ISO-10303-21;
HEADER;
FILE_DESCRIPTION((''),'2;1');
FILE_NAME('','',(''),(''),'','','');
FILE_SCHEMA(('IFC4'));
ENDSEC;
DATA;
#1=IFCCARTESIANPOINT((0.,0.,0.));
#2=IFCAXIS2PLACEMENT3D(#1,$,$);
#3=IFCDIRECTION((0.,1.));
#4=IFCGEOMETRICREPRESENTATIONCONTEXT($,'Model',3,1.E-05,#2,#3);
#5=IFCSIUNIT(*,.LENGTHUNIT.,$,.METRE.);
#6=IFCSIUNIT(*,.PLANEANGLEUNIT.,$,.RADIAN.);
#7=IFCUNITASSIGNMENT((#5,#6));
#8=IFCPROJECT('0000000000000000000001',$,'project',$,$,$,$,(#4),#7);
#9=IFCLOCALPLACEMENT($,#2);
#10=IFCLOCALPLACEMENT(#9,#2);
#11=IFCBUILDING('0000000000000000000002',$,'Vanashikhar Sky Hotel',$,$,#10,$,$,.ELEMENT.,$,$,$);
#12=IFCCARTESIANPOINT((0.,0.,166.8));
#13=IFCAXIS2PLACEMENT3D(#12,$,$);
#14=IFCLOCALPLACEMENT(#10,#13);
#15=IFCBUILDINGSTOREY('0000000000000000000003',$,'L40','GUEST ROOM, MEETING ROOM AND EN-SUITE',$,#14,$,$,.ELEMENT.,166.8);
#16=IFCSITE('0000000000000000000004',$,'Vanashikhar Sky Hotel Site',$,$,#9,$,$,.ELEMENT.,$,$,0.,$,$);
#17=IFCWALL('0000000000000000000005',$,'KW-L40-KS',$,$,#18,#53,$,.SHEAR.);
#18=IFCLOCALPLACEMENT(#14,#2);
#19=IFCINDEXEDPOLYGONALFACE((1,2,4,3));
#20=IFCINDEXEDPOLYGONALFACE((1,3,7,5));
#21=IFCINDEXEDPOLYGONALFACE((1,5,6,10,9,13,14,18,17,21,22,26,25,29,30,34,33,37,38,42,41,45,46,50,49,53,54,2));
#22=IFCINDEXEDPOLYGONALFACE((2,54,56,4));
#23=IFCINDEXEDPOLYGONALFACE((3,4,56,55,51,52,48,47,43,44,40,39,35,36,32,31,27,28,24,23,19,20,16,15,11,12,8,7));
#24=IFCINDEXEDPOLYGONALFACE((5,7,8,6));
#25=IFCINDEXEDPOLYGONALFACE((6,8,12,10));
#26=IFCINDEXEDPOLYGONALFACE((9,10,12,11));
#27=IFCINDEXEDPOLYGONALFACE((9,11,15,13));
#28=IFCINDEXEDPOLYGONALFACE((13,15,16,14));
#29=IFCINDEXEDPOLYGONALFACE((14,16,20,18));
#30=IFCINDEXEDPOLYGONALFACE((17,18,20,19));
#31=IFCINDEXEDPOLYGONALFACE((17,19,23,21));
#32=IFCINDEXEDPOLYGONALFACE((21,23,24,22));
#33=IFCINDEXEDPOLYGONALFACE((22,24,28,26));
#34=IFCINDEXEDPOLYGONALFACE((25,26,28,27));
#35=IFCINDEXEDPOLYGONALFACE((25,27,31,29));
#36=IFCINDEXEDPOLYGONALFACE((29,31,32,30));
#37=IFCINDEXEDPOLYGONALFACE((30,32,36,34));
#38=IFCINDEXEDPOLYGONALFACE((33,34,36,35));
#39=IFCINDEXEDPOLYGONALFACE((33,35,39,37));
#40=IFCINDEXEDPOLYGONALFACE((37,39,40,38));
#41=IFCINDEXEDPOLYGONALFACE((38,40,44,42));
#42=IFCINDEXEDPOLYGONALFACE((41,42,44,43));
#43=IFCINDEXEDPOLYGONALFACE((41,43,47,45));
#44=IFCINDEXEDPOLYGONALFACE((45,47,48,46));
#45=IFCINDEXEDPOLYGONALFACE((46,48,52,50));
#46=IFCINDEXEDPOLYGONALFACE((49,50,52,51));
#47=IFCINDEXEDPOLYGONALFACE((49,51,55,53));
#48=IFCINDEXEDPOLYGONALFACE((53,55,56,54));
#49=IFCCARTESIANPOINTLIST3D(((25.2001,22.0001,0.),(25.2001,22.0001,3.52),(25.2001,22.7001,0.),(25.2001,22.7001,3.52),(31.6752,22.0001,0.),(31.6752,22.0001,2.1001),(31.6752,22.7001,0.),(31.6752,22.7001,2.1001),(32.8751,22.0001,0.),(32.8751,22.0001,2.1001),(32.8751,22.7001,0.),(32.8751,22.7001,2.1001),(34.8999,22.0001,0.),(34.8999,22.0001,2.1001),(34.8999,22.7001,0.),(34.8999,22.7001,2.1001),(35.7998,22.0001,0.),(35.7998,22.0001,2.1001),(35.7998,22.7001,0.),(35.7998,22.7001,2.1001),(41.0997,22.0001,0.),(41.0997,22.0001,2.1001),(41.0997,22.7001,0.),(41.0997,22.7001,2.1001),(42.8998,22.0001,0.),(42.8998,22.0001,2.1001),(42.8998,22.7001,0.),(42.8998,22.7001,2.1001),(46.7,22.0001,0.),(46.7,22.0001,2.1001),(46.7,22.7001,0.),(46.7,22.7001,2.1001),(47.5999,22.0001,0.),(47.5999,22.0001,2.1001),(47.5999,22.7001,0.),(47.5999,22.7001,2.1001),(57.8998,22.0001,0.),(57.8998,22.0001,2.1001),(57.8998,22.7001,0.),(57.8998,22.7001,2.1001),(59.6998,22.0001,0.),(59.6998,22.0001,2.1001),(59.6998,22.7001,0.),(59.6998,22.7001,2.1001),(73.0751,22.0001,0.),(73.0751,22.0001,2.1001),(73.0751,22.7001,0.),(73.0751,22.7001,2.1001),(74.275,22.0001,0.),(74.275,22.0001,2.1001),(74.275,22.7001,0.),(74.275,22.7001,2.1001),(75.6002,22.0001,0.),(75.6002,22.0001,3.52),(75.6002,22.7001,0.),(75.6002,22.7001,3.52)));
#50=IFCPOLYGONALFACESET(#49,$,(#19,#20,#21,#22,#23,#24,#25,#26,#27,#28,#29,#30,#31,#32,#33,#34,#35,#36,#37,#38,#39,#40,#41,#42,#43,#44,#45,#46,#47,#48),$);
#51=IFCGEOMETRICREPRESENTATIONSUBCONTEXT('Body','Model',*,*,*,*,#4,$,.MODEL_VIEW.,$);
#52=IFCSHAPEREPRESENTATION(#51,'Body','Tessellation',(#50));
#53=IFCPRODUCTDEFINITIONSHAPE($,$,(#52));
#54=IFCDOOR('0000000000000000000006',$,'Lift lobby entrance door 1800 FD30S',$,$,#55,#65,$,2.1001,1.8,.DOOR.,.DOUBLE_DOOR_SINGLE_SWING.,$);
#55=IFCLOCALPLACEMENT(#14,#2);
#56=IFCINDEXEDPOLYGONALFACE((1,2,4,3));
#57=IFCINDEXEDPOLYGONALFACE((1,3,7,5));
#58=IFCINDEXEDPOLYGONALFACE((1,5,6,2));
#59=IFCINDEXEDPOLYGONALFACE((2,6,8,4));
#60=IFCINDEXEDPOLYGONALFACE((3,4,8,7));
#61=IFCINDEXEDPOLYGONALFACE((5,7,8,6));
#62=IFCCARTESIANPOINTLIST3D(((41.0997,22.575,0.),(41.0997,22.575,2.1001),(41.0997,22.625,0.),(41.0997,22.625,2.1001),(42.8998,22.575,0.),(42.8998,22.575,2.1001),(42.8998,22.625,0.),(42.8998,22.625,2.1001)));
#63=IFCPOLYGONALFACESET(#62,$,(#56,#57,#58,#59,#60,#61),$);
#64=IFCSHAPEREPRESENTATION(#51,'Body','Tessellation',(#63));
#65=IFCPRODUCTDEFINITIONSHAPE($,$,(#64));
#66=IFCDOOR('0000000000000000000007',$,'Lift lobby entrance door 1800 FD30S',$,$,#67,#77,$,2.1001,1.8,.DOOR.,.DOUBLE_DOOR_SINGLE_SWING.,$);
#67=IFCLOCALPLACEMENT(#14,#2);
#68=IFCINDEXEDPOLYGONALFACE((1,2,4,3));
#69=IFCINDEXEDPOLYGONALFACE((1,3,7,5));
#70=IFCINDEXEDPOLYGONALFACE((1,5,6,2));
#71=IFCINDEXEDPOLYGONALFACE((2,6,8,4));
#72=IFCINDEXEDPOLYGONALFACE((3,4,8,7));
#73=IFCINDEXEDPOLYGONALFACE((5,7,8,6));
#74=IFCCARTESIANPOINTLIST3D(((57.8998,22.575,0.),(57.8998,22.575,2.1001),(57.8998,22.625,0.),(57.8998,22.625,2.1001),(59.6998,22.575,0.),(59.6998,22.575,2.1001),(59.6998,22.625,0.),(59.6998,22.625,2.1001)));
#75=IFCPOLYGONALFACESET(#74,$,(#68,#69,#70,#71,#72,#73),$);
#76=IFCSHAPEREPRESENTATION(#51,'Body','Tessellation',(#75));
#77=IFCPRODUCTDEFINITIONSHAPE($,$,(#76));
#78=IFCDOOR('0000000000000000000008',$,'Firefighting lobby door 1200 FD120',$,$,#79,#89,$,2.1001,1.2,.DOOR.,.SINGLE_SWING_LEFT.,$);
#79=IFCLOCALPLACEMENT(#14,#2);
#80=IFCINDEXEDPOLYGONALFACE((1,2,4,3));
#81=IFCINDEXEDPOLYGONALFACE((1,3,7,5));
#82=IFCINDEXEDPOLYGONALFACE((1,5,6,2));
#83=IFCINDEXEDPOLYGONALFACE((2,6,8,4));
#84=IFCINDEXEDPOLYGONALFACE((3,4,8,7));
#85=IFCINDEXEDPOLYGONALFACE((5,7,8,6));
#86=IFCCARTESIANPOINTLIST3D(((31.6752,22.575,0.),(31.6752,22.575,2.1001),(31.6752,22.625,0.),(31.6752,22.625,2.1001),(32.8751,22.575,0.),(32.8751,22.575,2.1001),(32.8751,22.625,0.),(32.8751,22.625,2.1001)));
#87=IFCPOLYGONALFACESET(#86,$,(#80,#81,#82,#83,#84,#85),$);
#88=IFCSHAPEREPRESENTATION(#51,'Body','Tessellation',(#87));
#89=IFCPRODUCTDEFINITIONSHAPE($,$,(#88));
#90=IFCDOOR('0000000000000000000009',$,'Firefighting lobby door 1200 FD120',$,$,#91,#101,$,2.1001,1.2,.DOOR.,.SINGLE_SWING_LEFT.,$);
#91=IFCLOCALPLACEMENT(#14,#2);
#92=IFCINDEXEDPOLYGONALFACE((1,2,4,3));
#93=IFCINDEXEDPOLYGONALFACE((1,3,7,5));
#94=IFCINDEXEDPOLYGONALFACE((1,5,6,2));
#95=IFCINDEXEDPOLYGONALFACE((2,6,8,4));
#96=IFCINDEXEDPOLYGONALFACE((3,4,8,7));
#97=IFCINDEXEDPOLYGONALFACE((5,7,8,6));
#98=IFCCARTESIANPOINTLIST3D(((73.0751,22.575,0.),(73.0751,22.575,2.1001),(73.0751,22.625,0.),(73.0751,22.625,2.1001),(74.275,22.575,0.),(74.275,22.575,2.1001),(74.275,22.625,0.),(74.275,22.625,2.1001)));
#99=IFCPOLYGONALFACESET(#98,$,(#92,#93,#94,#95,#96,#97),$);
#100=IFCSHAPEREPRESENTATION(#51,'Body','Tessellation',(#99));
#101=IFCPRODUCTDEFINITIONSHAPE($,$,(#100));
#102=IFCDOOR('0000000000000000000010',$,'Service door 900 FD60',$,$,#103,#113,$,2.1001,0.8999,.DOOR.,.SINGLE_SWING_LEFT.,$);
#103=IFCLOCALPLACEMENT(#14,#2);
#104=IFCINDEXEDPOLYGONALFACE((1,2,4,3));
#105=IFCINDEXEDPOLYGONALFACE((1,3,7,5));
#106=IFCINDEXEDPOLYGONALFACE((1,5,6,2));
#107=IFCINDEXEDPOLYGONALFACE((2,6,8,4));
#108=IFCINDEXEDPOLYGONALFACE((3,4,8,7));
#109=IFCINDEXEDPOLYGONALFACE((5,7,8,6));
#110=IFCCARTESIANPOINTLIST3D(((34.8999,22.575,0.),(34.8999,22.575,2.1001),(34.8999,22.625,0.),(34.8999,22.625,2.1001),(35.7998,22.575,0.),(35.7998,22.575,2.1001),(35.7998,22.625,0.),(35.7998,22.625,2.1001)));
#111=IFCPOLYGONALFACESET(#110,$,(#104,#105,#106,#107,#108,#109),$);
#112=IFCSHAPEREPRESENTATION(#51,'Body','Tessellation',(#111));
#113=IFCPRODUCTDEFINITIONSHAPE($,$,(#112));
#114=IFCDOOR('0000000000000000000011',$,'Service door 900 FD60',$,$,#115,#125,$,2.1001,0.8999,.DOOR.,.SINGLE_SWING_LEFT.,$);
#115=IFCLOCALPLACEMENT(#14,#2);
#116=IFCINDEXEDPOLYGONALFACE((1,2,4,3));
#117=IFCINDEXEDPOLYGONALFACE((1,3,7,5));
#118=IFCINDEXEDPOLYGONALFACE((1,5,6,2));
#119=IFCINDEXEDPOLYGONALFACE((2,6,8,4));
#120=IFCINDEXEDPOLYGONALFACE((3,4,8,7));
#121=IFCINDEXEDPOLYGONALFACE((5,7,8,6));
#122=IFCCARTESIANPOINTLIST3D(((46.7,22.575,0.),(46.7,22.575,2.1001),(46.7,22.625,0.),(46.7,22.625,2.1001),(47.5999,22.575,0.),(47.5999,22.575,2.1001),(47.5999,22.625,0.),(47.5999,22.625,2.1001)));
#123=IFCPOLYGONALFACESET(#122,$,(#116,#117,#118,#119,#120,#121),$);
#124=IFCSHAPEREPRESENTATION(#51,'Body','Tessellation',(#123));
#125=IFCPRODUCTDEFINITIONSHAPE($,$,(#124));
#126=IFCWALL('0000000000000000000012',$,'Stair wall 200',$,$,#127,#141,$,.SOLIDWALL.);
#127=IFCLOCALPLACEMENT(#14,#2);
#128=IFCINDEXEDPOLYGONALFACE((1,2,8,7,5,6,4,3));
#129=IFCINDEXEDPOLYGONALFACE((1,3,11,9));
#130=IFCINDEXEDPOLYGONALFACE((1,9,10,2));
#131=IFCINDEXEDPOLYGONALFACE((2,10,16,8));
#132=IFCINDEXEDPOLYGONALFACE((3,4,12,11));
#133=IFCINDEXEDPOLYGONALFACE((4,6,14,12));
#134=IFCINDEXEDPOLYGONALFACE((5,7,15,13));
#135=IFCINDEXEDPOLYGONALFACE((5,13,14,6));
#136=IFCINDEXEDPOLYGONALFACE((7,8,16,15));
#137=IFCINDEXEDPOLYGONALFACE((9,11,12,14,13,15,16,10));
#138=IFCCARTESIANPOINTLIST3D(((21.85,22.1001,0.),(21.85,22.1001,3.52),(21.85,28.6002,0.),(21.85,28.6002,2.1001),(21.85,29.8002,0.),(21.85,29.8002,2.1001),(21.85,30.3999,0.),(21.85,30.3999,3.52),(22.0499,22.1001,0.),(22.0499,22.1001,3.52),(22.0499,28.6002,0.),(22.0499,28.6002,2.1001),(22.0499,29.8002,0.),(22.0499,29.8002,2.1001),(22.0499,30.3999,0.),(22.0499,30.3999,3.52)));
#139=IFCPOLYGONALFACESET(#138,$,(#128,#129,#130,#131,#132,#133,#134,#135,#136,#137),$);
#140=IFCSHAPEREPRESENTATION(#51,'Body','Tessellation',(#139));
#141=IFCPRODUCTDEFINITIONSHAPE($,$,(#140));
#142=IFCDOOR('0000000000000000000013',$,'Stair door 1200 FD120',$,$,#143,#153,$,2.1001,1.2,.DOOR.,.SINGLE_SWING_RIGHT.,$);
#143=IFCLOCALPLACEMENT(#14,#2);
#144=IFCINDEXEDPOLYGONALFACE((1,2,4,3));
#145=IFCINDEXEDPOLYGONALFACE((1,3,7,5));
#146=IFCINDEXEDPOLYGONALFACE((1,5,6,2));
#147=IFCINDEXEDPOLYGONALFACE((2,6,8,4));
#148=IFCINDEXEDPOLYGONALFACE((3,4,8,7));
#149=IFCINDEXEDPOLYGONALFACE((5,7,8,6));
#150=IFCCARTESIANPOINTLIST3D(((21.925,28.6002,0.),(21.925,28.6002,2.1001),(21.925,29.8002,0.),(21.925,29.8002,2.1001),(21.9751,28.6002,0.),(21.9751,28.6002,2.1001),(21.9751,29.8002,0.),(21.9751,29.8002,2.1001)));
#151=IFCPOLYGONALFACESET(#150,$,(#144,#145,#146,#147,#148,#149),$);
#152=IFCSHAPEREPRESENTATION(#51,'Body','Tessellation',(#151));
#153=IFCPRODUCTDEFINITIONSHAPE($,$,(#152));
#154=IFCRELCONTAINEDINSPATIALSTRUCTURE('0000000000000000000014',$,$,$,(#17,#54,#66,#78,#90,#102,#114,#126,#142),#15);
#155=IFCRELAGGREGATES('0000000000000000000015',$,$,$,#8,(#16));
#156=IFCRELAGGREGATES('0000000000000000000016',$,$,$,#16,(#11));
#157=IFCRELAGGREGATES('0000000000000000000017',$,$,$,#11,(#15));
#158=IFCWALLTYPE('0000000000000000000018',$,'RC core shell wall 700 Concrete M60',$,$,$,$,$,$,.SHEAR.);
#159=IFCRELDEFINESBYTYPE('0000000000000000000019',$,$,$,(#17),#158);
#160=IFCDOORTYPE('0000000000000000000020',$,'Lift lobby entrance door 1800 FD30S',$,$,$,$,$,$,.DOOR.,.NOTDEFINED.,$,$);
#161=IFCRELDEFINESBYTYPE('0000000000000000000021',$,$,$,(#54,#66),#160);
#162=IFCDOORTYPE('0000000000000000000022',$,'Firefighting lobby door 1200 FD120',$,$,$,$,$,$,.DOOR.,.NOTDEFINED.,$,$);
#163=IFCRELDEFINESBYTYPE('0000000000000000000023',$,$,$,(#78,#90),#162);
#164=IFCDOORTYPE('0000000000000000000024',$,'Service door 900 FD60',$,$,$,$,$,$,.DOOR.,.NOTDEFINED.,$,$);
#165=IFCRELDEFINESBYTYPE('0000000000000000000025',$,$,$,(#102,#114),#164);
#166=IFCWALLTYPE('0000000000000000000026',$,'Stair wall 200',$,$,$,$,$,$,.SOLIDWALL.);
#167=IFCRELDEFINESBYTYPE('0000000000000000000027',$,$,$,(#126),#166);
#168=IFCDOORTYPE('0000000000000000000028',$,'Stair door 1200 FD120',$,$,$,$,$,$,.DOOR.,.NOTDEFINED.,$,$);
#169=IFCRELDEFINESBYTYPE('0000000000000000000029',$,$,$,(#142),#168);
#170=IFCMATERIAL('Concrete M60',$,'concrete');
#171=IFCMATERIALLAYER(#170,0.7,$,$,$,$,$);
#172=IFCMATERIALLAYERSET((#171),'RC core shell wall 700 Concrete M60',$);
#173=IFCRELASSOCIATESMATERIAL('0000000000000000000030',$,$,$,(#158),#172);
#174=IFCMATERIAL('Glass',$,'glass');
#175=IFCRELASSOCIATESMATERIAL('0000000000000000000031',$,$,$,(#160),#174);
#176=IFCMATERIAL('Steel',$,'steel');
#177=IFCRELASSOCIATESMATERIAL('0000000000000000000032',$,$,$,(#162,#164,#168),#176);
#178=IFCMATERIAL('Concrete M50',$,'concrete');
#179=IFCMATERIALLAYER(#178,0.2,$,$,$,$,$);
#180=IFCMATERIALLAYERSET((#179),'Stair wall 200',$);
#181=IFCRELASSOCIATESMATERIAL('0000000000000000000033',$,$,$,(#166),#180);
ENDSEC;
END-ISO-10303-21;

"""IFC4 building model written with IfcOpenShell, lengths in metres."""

from ifc_helpers import new_model, si_unit, direction, frame, frame_2d, origin, place, context, subcontext, project, spatial, rectangle, extrude, source, transform, mapped, material, layer, layer_set, type_object, element, fill, save


model = new_model("IFC4")

# Units and contexts
model_context = context("Model", 3, precision=1e-05, world=origin(), true_north=direction((0.0, 1.0)))
body_context = subcontext(model_context, "Body", "Model", "MODEL_VIEW")
ifc_project = project(units=[si_unit("LENGTHUNIT", "METRE"), si_unit("PLANEANGLEUNIT", "RADIAN")], contexts=[model_context])

# Site, building, storey
site_placement = place(None, origin())
site = spatial("IfcSite", under=ifc_project, at=site_placement, Name="Vanashikhar Sky Hotel Site", CompositionType="ELEMENT", RefElevation=0.0)
building_placement = place(site_placement, origin())
building = spatial("IfcBuilding", under=site, at=building_placement, Name="Vanashikhar Sky Hotel", CompositionType="ELEMENT")
storey_placement = place(building_placement, frame((0.0, 0.0, 166.8)))
storey = spatial("IfcBuildingStorey", under=building, at=storey_placement, Name="L40", Description="GUEST ROOM, MEETING ROOM AND EN-SUITE", CompositionType="ELEMENT", Elevation=166.8)

# Wall, openings, doors
ifc_material_1 = material(Name="Concrete M60", Category="concrete")
ifc_layer_1 = layer(ifc_material_1, 0.7)
ifc_layer_set_1 = layer_set([ifc_layer_1], Name="RC core shell wall 700 Concrete M60")
wall_type_1 = type_object("IfcWallType", Name="RC core shell wall 700 Concrete M60", PredefinedType="SHEAR", material=ifc_layer_set_1)
shared_shape_1 = source(origin(), body_context, "Body", "SweptSolid", [
    extrude(rectangle(XDim=50.4001, YDim=0.7, at=frame_2d((25.2002, 0.0))), origin(), (0.0, 0.0, 1.0), 3.52),
])
wall_1_placement = place(storey_placement, frame((25.2, 22.3501, 0.0), z_axis=(0.0, 0.0, 1.0), x_axis=(1.0, 0.0, 0.0)))
wall_1 = element("IfcWall", 1, at=wall_1_placement, inside=storey, type_object=wall_type_1, Name="KW-L40-KS", PredefinedType="SHEAR", context=body_context, shape_type="MappedRepresentation", body=[
    mapped(shared_shape_1, transform((0.0, 0.0, 0.0), scale=1.0)),
])
shared_shape_2 = source(origin(), body_context, "Body", "SweptSolid", [
    extrude(rectangle(XDim=1.8, YDim=2.1001, at=frame_2d((0.8999, 1.05))), frame((0.0, 0.3599, 0.0), z_axis=(0.0, -1.0, 0.0), x_axis=(1.0, 0.0, 0.0)), (0.0, 0.0, 1.0), 0.72),
])
opening_1_placement = place(wall_1_placement, frame((15.8999, 0.0, 0.0)))
opening_1 = element("IfcOpeningElement", 2, at=opening_1_placement, cuts=wall_1, PredefinedType="OPENING", context=body_context, shape_type="MappedRepresentation", body=[
    mapped(shared_shape_2, transform((0.0, 0.0, 0.0), scale=1.0)),
])
shared_shape_3 = source(origin(), body_context, "Body", "SweptSolid", [
    extrude(rectangle(XDim=0.8999, YDim=2.1001, at=frame_2d((0.45, 1.05))), frame((0.0, 0.3599, 0.0), z_axis=(0.0, -1.0, 0.0), x_axis=(1.0, 0.0, 0.0)), (0.0, 0.0, 1.0), 0.72),
])
opening_2_placement = place(wall_1_placement, frame((9.7, 0.0, 0.0)))
opening_2 = element("IfcOpeningElement", 3, at=opening_2_placement, cuts=wall_1, PredefinedType="OPENING", context=body_context, shape_type="MappedRepresentation", body=[
    mapped(shared_shape_3, transform((0.0, 0.0, 0.0), scale=1.0)),
])
opening_3_placement = place(wall_1_placement, frame((21.5, 0.0, 0.0)))
opening_3 = element("IfcOpeningElement", 4, at=opening_3_placement, cuts=wall_1, PredefinedType="OPENING", context=body_context, shape_type="MappedRepresentation", body=[
    mapped(shared_shape_3, transform((0.0, 0.0, 0.0), scale=1.0)),
])
opening_4_placement = place(wall_1_placement, frame((32.7, 0.0, 0.0)))
opening_4 = element("IfcOpeningElement", 5, at=opening_4_placement, cuts=wall_1, PredefinedType="OPENING", context=body_context, shape_type="MappedRepresentation", body=[
    mapped(shared_shape_2, transform((0.0, 0.0, 0.0), scale=1.0)),
])
shared_shape_4 = source(origin(), body_context, "Body", "SweptSolid", [
    extrude(rectangle(XDim=1.2, YDim=2.1001, at=frame_2d((0.6001, 1.05))), frame((0.0, 0.3599, 0.0), z_axis=(0.0, -1.0, 0.0), x_axis=(1.0, 0.0, 0.0)), (0.0, 0.0, 1.0), 0.72),
])
opening_5_placement = place(wall_1_placement, frame((6.4751, 0.0, 0.0)))
opening_5 = element("IfcOpeningElement", 6, at=opening_5_placement, cuts=wall_1, PredefinedType="OPENING", context=body_context, shape_type="MappedRepresentation", body=[
    mapped(shared_shape_4, transform((0.0, 0.0, 0.0), scale=1.0)),
])
opening_6_placement = place(wall_1_placement, frame((47.875, 0.0, 0.0)))
opening_6 = element("IfcOpeningElement", 7, at=opening_6_placement, cuts=wall_1, PredefinedType="OPENING", context=body_context, shape_type="MappedRepresentation", body=[
    mapped(shared_shape_4, transform((0.0, 0.0, 0.0), scale=1.0)),
])
ifc_material_2 = material(Name="Glass", Category="glass")
door_type_1 = type_object("IfcDoorType", Name="Lift lobby entrance door 1800 FD30S", OperationType="NOTDEFINED", PredefinedType="DOOR", material=ifc_material_2)
shared_shape_5 = source(origin(), body_context, "Body", "SweptSolid", [
    extrude(rectangle(XDim=1.8, YDim=2.1001, at=frame_2d((0.8999, 1.05))), frame((0.0, 0.2749, 0.0), z_axis=(0.0, -1.0, 0.0), x_axis=(1.0, 0.0, 0.0)), (0.0, 0.0, 1.0), 0.05),
])
door_1_placement = place(opening_1_placement, origin())
door_1 = element("IfcDoor", 8, at=door_1_placement, inside=storey, type_object=door_type_1, Name="Lift lobby entrance door 1800 FD30S", OperationType="DOUBLE_DOOR_SINGLE_SWING", OverallHeight=2.1001, OverallWidth=1.8, PredefinedType="DOOR", context=body_context, shape_type="MappedRepresentation", body=[
    mapped(shared_shape_5, transform((0.0, 0.0, 0.0), scale=1.0)),
])
fill(opening_1, door_1)
door_2_placement = place(opening_4_placement, origin())
door_2 = element("IfcDoor", 9, at=door_2_placement, inside=storey, type_object=door_type_1, Name="Lift lobby entrance door 1800 FD30S", OperationType="DOUBLE_DOOR_SINGLE_SWING", OverallHeight=2.1001, OverallWidth=1.8, PredefinedType="DOOR", context=body_context, shape_type="MappedRepresentation", body=[
    mapped(shared_shape_5, transform((0.0, 0.0, 0.0), scale=1.0)),
])
fill(opening_4, door_2)
ifc_material_3 = material(Name="Steel", Category="steel")
door_type_2 = type_object("IfcDoorType", Name="Firefighting lobby door 1200 FD120", OperationType="NOTDEFINED", PredefinedType="DOOR", material=ifc_material_3)
shared_shape_6 = source(origin(), body_context, "Body", "SweptSolid", [
    extrude(rectangle(XDim=1.2, YDim=2.1001, at=frame_2d((0.6001, 1.05))), frame((0.0, 0.2749, 0.0), z_axis=(0.0, -1.0, 0.0), x_axis=(1.0, 0.0, 0.0)), (0.0, 0.0, 1.0), 0.05),
])
door_3_placement = place(opening_5_placement, origin())
door_3 = element("IfcDoor", 10, at=door_3_placement, inside=storey, type_object=door_type_2, Name="Firefighting lobby door 1200 FD120", OperationType="SINGLE_SWING_LEFT", OverallHeight=2.1001, OverallWidth=1.2, PredefinedType="DOOR", context=body_context, shape_type="MappedRepresentation", body=[
    mapped(shared_shape_6, transform((0.0, 0.0, 0.0), scale=1.0)),
])
fill(opening_5, door_3)
door_4_placement = place(opening_6_placement, origin())
door_4 = element("IfcDoor", 11, at=door_4_placement, inside=storey, type_object=door_type_2, Name="Firefighting lobby door 1200 FD120", OperationType="SINGLE_SWING_LEFT", OverallHeight=2.1001, OverallWidth=1.2, PredefinedType="DOOR", context=body_context, shape_type="MappedRepresentation", body=[
    mapped(shared_shape_6, transform((0.0, 0.0, 0.0), scale=1.0)),
])
fill(opening_6, door_4)
door_type_3 = type_object("IfcDoorType", Name="Service door 900 FD60", OperationType="NOTDEFINED", PredefinedType="DOOR", material=ifc_material_3)
shared_shape_7 = source(origin(), body_context, "Body", "SweptSolid", [
    extrude(rectangle(XDim=0.8999, YDim=2.1001, at=frame_2d((0.45, 1.05))), frame((0.0, 0.2749, 0.0), z_axis=(0.0, -1.0, 0.0), x_axis=(1.0, 0.0, 0.0)), (0.0, 0.0, 1.0), 0.05),
])
door_5_placement = place(opening_2_placement, origin())
door_5 = element("IfcDoor", 12, at=door_5_placement, inside=storey, type_object=door_type_3, Name="Service door 900 FD60", OperationType="SINGLE_SWING_LEFT", OverallHeight=2.1001, OverallWidth=0.8999, PredefinedType="DOOR", context=body_context, shape_type="MappedRepresentation", body=[
    mapped(shared_shape_7, transform((0.0, 0.0, 0.0), scale=1.0)),
])
fill(opening_2, door_5)
door_6_placement = place(opening_3_placement, origin())
door_6 = element("IfcDoor", 13, at=door_6_placement, inside=storey, type_object=door_type_3, Name="Service door 900 FD60", OperationType="SINGLE_SWING_LEFT", OverallHeight=2.1001, OverallWidth=0.8999, PredefinedType="DOOR", context=body_context, shape_type="MappedRepresentation", body=[
    mapped(shared_shape_7, transform((0.0, 0.0, 0.0), scale=1.0)),
])
fill(opening_3, door_6)

# Wall, opening, door
ifc_material_4 = material(Name="Concrete M50", Category="concrete")
ifc_layer_2 = layer(ifc_material_4, 0.2)
ifc_layer_set_2 = layer_set([ifc_layer_2], Name="Stair wall 200")
wall_type_2 = type_object("IfcWallType", Name="Stair wall 200", PredefinedType="SOLIDWALL", material=ifc_layer_set_2)
shared_shape_8 = source(origin(), body_context, "Body", "SweptSolid", [
    extrude(rectangle(XDim=8.2998, YDim=0.2, at=frame_2d((4.1499, 0.0))), origin(), (0.0, 0.0, 1.0), 3.52),
])
wall_2_placement = place(storey_placement, frame((21.95, 22.1001, 0.0), z_axis=(0.0, 0.0, 1.0), x_axis=(0.0, 1.0, 0.0)))
wall_2 = element("IfcWall", 14, at=wall_2_placement, inside=storey, type_object=wall_type_2, Name="Stair wall 200", PredefinedType="SOLIDWALL", context=body_context, shape_type="MappedRepresentation", body=[
    mapped(shared_shape_8, transform((0.0, 0.0, 0.0), scale=1.0)),
])
shared_shape_9 = source(origin(), body_context, "Body", "SweptSolid", [
    extrude(rectangle(XDim=1.2, YDim=2.1001, at=frame_2d((0.6001, 1.05))), frame((0.0, 0.1099, 0.0), z_axis=(0.0, -1.0, 0.0), x_axis=(1.0, 0.0, 0.0)), (0.0, 0.0, 1.0), 0.22),
])
opening_7_placement = place(wall_2_placement, frame((6.5, 0.0, 0.0)))
opening_7 = element("IfcOpeningElement", 15, at=opening_7_placement, cuts=wall_2, PredefinedType="OPENING", context=body_context, shape_type="MappedRepresentation", body=[
    mapped(shared_shape_9, transform((0.0, 0.0, 0.0), scale=1.0)),
])
door_type_4 = type_object("IfcDoorType", Name="Stair door 1200 FD120", OperationType="NOTDEFINED", PredefinedType="DOOR", material=ifc_material_3)
shared_shape_10 = source(origin(), body_context, "Body", "SweptSolid", [
    extrude(rectangle(XDim=1.2, YDim=2.1001, at=frame_2d((0.6001, 1.05))), frame((0.0, 0.0249, 0.0), z_axis=(0.0, -1.0, 0.0), x_axis=(1.0, 0.0, 0.0)), (0.0, 0.0, 1.0), 0.05),
])
door_7_placement = place(opening_7_placement, origin())
door_7 = element("IfcDoor", 16, at=door_7_placement, inside=storey, type_object=door_type_4, Name="Stair door 1200 FD120", OperationType="SINGLE_SWING_RIGHT", OverallHeight=2.1001, OverallWidth=1.2, PredefinedType="DOOR", context=body_context, shape_type="MappedRepresentation", body=[
    mapped(shared_shape_10, transform((0.0, 0.0, 0.0), scale=1.0)),
])
fill(opening_7, door_7)

save(model, "model.ifc")
